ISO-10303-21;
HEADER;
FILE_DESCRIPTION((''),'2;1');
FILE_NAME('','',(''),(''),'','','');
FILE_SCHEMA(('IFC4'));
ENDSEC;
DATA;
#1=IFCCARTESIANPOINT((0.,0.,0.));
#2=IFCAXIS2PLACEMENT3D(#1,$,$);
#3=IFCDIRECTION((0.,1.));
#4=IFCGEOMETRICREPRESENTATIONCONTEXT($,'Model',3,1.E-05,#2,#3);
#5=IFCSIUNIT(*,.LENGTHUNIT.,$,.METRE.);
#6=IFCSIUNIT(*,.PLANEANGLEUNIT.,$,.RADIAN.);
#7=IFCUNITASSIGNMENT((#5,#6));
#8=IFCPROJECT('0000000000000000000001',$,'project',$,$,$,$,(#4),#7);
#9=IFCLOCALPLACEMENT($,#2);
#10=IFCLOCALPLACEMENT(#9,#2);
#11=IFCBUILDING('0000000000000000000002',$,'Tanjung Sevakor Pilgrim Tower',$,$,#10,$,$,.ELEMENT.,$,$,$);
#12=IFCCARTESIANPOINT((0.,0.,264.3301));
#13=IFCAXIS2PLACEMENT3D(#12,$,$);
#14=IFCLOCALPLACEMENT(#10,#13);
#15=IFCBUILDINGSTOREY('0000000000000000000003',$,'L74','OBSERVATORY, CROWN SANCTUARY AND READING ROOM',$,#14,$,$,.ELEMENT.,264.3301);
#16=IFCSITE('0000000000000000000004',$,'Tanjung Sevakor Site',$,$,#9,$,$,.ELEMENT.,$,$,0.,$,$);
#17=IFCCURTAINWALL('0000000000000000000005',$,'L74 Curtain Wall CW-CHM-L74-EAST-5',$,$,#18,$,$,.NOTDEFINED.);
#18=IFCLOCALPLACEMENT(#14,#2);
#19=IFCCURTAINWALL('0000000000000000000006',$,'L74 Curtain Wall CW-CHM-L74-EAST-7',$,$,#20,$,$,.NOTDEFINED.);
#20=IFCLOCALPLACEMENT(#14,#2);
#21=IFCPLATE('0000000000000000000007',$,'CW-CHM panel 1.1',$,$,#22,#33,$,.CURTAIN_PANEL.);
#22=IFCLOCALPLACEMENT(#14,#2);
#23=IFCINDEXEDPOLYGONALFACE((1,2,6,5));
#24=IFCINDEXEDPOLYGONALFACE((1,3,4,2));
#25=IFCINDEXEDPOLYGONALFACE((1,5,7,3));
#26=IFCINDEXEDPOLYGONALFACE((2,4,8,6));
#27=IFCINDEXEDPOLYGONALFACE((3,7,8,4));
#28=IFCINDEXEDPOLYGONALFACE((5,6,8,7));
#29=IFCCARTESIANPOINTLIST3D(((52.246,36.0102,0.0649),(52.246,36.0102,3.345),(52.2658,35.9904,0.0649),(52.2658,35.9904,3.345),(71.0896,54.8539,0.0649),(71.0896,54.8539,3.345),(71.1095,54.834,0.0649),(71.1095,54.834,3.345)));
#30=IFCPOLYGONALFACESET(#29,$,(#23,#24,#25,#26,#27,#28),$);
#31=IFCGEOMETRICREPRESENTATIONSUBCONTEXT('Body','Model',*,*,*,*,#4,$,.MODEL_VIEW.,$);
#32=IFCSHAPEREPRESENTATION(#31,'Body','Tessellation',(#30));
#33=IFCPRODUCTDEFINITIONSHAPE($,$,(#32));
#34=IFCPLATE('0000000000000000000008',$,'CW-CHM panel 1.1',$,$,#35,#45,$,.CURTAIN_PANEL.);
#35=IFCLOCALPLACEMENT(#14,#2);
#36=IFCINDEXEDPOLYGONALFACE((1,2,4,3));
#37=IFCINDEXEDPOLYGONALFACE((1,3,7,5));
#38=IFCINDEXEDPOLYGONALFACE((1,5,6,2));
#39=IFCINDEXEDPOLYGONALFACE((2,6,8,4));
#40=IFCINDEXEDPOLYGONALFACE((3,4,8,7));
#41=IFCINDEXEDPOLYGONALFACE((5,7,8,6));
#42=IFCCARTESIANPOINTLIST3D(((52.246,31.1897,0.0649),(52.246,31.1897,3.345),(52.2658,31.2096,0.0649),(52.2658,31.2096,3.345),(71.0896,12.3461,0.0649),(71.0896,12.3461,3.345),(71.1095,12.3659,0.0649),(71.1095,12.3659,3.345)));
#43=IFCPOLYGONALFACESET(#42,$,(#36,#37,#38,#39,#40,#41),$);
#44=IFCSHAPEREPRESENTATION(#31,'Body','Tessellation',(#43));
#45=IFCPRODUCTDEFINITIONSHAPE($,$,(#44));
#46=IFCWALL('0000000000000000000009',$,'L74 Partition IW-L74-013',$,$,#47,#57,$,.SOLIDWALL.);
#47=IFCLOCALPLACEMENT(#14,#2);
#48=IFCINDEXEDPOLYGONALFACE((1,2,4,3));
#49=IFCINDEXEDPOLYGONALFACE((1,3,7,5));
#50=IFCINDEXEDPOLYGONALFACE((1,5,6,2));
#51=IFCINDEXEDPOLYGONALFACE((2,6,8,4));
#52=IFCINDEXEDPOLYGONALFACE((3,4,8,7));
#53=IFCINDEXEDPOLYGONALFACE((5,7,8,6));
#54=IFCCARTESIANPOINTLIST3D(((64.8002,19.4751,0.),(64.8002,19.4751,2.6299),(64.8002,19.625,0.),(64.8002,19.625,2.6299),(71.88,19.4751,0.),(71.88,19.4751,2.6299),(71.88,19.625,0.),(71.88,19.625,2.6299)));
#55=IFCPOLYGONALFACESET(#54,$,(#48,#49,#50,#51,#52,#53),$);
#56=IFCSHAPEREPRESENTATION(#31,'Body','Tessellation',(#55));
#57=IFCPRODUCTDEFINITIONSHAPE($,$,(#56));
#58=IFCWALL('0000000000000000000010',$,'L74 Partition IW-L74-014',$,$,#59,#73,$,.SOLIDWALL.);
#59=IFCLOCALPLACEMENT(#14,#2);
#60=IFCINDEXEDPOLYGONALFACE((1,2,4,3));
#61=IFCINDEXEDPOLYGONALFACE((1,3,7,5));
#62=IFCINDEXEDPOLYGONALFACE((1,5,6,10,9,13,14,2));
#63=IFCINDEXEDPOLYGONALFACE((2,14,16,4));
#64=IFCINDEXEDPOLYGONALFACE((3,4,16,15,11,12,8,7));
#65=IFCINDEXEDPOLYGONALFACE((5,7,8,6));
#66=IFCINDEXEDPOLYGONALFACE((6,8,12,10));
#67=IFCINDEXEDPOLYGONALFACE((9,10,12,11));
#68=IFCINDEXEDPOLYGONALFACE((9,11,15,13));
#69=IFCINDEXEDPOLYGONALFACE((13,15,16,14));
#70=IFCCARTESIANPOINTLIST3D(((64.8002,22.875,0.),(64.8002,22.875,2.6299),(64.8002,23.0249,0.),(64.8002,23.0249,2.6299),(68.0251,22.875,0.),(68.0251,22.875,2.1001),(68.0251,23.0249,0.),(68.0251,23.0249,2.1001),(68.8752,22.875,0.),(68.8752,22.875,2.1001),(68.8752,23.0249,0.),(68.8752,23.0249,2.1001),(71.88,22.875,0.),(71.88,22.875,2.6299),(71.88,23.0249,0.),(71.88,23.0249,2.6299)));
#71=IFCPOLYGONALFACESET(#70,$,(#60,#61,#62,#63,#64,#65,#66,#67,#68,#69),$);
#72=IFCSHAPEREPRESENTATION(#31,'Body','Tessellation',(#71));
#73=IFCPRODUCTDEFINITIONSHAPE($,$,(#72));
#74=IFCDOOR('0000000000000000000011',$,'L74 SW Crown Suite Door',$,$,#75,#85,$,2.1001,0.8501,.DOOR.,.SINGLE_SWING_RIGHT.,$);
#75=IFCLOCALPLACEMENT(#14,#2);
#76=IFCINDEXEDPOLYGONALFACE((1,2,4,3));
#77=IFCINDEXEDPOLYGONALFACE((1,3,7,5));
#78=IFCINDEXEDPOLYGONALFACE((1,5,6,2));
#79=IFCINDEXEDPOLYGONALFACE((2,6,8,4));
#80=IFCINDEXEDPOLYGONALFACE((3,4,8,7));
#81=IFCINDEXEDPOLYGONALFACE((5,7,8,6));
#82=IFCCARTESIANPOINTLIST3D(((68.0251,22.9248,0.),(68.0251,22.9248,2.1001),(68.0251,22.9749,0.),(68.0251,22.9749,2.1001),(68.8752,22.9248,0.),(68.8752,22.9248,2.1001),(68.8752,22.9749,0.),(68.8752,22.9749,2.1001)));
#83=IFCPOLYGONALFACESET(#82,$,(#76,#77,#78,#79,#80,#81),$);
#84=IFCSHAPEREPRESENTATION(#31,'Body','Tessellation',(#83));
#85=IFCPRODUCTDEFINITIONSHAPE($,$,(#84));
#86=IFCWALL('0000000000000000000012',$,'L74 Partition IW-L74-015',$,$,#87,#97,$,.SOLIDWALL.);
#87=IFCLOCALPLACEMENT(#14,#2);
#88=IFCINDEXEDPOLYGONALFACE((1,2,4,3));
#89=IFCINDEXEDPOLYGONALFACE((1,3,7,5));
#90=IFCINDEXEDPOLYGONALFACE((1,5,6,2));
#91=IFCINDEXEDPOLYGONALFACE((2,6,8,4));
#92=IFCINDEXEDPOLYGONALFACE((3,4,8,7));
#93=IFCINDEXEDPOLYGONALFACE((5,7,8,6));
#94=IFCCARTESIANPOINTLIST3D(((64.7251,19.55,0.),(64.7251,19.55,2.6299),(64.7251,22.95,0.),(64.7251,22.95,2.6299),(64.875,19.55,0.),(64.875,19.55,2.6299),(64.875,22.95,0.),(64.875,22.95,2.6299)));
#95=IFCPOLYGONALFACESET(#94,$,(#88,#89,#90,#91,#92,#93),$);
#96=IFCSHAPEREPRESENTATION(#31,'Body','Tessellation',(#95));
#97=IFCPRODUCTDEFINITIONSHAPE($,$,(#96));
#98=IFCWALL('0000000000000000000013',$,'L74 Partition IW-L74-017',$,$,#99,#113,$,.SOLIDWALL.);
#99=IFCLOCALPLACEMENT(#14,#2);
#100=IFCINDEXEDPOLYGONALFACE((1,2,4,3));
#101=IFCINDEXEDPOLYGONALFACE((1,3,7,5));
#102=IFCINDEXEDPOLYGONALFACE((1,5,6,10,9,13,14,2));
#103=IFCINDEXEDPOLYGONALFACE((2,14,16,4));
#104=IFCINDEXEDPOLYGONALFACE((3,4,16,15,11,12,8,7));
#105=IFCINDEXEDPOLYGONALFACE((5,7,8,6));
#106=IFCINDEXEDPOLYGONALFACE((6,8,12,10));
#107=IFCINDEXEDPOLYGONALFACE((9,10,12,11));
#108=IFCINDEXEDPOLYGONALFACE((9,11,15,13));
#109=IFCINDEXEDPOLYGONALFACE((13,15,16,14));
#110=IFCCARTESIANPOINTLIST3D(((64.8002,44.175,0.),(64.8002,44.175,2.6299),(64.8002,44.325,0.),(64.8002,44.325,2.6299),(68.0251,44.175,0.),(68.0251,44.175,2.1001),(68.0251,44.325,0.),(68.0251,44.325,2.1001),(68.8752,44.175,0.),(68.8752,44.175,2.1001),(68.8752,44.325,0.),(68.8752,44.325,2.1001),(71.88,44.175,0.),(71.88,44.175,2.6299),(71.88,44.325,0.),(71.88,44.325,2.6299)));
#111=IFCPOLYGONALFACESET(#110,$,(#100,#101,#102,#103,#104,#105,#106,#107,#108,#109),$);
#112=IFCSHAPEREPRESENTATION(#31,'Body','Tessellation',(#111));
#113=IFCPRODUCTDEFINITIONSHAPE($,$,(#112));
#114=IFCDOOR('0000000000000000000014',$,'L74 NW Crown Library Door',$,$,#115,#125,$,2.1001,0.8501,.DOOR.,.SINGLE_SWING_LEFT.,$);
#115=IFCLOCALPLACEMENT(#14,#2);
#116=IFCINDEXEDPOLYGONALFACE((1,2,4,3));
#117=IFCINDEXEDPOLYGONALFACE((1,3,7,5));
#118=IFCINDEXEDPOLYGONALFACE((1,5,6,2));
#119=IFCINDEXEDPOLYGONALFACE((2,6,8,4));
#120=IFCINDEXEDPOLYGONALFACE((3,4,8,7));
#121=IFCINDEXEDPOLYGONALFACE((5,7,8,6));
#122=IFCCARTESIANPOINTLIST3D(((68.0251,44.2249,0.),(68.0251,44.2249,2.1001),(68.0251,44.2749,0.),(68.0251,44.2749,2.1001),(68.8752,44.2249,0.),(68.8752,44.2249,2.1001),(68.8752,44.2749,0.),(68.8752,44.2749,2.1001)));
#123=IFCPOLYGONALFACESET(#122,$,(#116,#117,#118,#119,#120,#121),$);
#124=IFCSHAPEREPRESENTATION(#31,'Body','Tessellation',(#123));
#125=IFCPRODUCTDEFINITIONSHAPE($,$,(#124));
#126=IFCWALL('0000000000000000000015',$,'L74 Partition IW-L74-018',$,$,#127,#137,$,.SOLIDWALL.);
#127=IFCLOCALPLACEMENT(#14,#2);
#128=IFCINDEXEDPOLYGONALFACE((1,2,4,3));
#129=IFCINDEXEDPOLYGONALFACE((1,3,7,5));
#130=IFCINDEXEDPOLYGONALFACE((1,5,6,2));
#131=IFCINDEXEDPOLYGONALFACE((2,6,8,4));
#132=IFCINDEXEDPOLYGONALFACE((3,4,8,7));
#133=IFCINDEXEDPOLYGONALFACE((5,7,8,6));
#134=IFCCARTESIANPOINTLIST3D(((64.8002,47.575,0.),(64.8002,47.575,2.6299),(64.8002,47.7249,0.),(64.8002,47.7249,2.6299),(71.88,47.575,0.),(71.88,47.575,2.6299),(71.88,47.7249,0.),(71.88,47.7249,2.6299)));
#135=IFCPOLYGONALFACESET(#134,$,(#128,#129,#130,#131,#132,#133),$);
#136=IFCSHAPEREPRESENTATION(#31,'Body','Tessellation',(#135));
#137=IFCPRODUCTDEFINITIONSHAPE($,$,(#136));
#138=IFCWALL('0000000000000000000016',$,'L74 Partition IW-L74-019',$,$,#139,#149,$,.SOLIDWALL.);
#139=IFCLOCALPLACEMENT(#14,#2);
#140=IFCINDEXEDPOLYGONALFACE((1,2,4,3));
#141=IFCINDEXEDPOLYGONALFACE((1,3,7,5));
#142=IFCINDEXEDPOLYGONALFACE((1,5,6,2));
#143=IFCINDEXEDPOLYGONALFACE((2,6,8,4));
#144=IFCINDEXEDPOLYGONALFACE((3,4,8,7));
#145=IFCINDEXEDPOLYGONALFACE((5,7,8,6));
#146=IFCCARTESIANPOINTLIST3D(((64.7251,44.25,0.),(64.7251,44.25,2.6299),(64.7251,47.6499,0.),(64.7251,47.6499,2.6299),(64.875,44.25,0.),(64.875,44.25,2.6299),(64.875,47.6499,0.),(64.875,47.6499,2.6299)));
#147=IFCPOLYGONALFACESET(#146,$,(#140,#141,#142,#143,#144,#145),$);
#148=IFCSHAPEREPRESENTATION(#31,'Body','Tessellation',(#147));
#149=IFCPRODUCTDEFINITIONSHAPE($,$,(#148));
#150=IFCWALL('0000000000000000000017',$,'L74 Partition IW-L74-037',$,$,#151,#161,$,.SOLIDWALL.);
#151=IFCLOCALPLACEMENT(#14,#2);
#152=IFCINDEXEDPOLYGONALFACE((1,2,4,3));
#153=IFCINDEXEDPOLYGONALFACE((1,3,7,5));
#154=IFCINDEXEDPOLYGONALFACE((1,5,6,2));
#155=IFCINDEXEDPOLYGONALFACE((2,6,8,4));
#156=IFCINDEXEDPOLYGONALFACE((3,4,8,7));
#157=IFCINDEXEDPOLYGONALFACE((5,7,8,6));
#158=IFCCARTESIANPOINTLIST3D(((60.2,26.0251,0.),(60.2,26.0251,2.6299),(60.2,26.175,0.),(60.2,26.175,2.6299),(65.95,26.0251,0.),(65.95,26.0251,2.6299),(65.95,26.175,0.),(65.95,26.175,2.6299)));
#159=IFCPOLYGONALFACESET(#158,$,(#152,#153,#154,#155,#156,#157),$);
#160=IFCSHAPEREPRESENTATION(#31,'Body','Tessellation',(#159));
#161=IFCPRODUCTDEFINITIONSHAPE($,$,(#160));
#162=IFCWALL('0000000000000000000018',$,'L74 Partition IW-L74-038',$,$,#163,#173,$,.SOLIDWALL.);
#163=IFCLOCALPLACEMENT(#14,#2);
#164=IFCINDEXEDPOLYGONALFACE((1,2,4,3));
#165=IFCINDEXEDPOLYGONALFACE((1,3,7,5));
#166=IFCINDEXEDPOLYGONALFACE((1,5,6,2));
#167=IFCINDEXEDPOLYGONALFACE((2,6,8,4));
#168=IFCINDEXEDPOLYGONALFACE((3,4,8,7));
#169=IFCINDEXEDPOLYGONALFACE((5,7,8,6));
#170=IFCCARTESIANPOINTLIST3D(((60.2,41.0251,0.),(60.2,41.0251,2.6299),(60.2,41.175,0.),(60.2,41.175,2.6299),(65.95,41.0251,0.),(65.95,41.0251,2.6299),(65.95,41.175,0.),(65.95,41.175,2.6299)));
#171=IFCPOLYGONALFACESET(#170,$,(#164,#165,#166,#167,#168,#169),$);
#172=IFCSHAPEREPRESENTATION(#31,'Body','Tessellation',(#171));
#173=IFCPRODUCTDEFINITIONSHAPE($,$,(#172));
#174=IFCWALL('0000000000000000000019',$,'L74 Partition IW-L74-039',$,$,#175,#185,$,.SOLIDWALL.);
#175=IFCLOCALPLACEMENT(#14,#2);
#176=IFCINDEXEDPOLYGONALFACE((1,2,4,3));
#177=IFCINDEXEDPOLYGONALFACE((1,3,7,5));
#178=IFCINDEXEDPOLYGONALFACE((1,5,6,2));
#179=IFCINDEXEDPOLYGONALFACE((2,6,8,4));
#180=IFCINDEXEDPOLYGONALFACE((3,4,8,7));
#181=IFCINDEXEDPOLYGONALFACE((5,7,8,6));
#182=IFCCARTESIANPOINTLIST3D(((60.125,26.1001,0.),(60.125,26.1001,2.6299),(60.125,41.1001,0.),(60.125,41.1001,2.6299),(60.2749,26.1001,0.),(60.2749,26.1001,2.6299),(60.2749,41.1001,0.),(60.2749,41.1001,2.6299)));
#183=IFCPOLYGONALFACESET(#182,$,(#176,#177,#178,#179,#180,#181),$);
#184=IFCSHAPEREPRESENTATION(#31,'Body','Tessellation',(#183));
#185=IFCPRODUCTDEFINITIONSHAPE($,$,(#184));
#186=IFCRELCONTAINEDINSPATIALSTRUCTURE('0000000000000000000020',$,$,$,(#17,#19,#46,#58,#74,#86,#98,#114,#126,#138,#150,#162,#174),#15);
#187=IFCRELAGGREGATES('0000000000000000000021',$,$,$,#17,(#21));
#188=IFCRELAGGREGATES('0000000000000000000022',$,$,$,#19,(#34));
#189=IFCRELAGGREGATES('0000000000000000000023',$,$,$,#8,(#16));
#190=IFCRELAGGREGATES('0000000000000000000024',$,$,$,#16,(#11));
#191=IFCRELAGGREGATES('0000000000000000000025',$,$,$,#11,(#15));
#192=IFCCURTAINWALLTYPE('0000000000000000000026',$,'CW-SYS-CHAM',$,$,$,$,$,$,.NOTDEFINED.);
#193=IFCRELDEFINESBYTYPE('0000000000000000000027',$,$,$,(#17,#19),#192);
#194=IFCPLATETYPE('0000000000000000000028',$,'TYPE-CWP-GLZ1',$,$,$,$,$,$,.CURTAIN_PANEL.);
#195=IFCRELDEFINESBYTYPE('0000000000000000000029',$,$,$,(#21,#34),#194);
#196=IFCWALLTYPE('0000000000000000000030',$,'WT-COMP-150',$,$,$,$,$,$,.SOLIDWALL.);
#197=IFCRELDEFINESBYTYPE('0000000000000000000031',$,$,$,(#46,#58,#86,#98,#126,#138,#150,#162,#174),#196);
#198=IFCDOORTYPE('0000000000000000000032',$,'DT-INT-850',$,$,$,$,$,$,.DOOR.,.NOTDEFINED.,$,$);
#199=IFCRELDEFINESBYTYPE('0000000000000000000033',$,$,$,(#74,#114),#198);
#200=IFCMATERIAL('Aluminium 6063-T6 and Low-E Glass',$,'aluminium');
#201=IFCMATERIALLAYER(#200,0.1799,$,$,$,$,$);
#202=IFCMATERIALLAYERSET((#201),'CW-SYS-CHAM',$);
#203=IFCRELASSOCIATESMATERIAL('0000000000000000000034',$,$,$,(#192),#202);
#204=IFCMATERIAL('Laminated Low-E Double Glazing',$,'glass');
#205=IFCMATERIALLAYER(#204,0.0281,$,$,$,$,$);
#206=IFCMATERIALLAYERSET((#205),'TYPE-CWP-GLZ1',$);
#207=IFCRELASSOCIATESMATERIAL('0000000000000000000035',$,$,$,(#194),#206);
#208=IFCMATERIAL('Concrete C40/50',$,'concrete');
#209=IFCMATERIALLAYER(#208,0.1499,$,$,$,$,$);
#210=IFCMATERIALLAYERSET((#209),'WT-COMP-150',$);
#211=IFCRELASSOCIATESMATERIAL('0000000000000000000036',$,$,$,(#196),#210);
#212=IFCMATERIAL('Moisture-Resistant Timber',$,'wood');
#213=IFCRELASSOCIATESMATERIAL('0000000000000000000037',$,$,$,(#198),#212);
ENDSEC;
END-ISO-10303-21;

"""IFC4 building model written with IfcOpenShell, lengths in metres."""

from ifc_helpers import new_model, si_unit, direction, frame, frame_2d, origin, origin_2d, place, context, subcontext, project, spatial, rectangle, extrude, material, layer, layer_set, type_object, element, fill, aggregate, save


model = new_model("IFC4")

# Units and contexts
model_context = context("Model", 3, precision=1e-05, world=origin(), true_north=direction((0.0, 1.0)))
body_context = subcontext(model_context, "Body", "Model", "MODEL_VIEW")
ifc_project = project(units=[si_unit("LENGTHUNIT", "METRE"), si_unit("PLANEANGLEUNIT", "RADIAN")], contexts=[model_context])

# Site, building, storey
site_placement = place(None, origin())
site = spatial("IfcSite", under=ifc_project, at=site_placement, Name="Tanjung Sevakor Site", CompositionType="ELEMENT", RefElevation=0.0)
building_placement = place(site_placement, origin())
building = spatial("IfcBuilding", under=site, at=building_placement, Name="Tanjung Sevakor Pilgrim Tower", CompositionType="ELEMENT")
storey_placement = place(building_placement, frame((0.0, 0.0, 264.3301)))
storey = spatial("IfcBuildingStorey", under=building, at=storey_placement, Name="L74", Description="OBSERVATORY, CROWN SANCTUARY AND READING ROOM", CompositionType="ELEMENT", Elevation=264.3301)

# Curtain wall
ifc_material_1 = material(Name="Aluminium 6063-T6 and Low-E Glass", Category="aluminium")
ifc_layer_1 = layer(ifc_material_1, 0.1799)
ifc_layer_set_1 = layer_set([ifc_layer_1], Name="CW-SYS-CHAM")
curtain_wall_type = type_object("IfcCurtainWallType", Name="CW-SYS-CHAM", PredefinedType="NOTDEFINED", material=ifc_layer_set_1)
curtain_wall_1_placement = place(storey_placement, origin())
curtain_wall_1 = element("IfcCurtainWall", 1, at=curtain_wall_1_placement, inside=storey, type_object=curtain_wall_type, Name="L74 Curtain Wall CW-CHM-L74-EAST-5", PredefinedType="NOTDEFINED")

# Curtain wall
curtain_wall_2_placement = place(storey_placement, origin())
curtain_wall_2 = element("IfcCurtainWall", 2, at=curtain_wall_2_placement, inside=storey, type_object=curtain_wall_type, Name="L74 Curtain Wall CW-CHM-L74-EAST-7", PredefinedType="NOTDEFINED")

# Plates
ifc_material_2 = material(Name="Laminated Low-E Double Glazing", Category="glass")
ifc_layer_2 = layer(ifc_material_2, 0.0281)
ifc_layer_set_2 = layer_set([ifc_layer_2], Name="TYPE-CWP-GLZ1")
plate_type = type_object("IfcPlateType", Name="TYPE-CWP-GLZ1", PredefinedType="CURTAIN_PANEL", material=ifc_layer_set_2)
plate_1_placement = place(storey_placement, frame((61.6777, 45.4221, 0.0649), z_axis=(0.0, 0.0, 1.0), x_axis=(-0.707107, -0.707107, 0.0)))
plate_1 = element("IfcPlate", 3, at=plate_1_placement, type_object=plate_type, Name="CW-CHM panel 1.1", PredefinedType="CURTAIN_PANEL", context=body_context, shape_type="SweptSolid", body=[
    extrude(rectangle(XDim=26.6489, YDim=0.0281, at=origin_2d()), origin(), (0.0, 0.0, 1.0), 3.28),
])
aggregate(curtain_wall_1, [plate_1])
plate_2_placement = place(storey_placement, frame((61.6777, 21.7778, 0.0649), z_axis=(0.0, 0.0, 1.0), x_axis=(0.707107, -0.707107, 0.0)))
plate_2 = element("IfcPlate", 4, at=plate_2_placement, type_object=plate_type, Name="CW-CHM panel 1.1", PredefinedType="CURTAIN_PANEL", context=body_context, shape_type="SweptSolid", body=[
    extrude(rectangle(XDim=26.6489, YDim=0.0281, at=origin_2d()), origin(), (0.0, 0.0, 1.0), 3.28),
])
aggregate(curtain_wall_2, [plate_2])

# Wall
ifc_material_3 = material(Name="Concrete C40/50", Category="concrete")
ifc_layer_3 = layer(ifc_material_3, 0.1499)
ifc_layer_set_3 = layer_set([ifc_layer_3], Name="WT-COMP-150")
wall_type_1 = type_object("IfcWallType", Name="WT-COMP-150", PredefinedType="SOLIDWALL", material=ifc_layer_set_3)
wall_1_placement = place(storey_placement, frame((64.8, 19.55, 0.0), z_axis=(0.0, 0.0, 1.0), x_axis=(1.0, 0.0, 0.0)))
element("IfcWall", 5, at=wall_1_placement, inside=storey, type_object=wall_type_1, Name="L74 Partition IW-L74-013", PredefinedType="SOLIDWALL", context=body_context, shape_type="SweptSolid", body=[
    extrude(rectangle(XDim=7.0798, YDim=0.1499, at=frame_2d((3.54, 0.0))), origin(), (0.0, 0.0, 1.0), 2.6299),
])

# Wall, opening, door
wall_2_placement = place(storey_placement, frame((64.8, 22.95, 0.0), z_axis=(0.0, 0.0, 1.0), x_axis=(1.0, 0.0, 0.0)))
wall_2 = element("IfcWall", 6, at=wall_2_placement, inside=storey, type_object=wall_type_1, Name="L74 Partition IW-L74-014", PredefinedType="SOLIDWALL", context=body_context, shape_type="SweptSolid", body=[
    extrude(rectangle(XDim=7.0798, YDim=0.1499, at=frame_2d((3.54, 0.0))), origin(), (0.0, 0.0, 1.0), 2.6299),
])
opening_1_placement = place(wall_2_placement, frame((3.2251, 0.0, 0.0)))
opening_1 = element("IfcOpeningElement", 7, at=opening_1_placement, cuts=wall_2, PredefinedType="OPENING", context=body_context, shape_type="SweptSolid", body=[
    extrude(rectangle(XDim=0.8501, YDim=2.1001, at=frame_2d((0.425, 1.05))), frame((0.0, 0.085, 0.0), z_axis=(0.0, -1.0, 0.0), x_axis=(1.0, 0.0, 0.0)), (0.0, 0.0, 1.0), 0.1699),
])
ifc_material_4 = material(Name="Moisture-Resistant Timber", Category="wood")
door_type_1 = type_object("IfcDoorType", Name="DT-INT-850", OperationType="NOTDEFINED", PredefinedType="DOOR", material=ifc_material_4)
door_1_placement = place(opening_1_placement, origin())
door_1 = element("IfcDoor", 8, at=door_1_placement, inside=storey, type_object=door_type_1, Name="L74 SW Crown Suite Door", OperationType="SINGLE_SWING_RIGHT", OverallHeight=2.1001, OverallWidth=0.8501, PredefinedType="DOOR", context=body_context, shape_type="SweptSolid", body=[
    extrude(rectangle(XDim=0.8501, YDim=2.1001, at=frame_2d((0.425, 1.05))), frame((0.0, 0.0249, 0.0), z_axis=(0.0, -1.0, 0.0), x_axis=(1.0, 0.0, 0.0)), (0.0, 0.0, 1.0), 0.05),
])
fill(opening_1, door_1)

# Wall
wall_3_placement = place(storey_placement, frame((64.8, 19.55, 0.0), z_axis=(0.0, 0.0, 1.0), x_axis=(0.0, 1.0, 0.0)))
element("IfcWall", 9, at=wall_3_placement, inside=storey, type_object=wall_type_1, Name="L74 Partition IW-L74-015", PredefinedType="SOLIDWALL", context=body_context, shape_type="SweptSolid", body=[
    extrude(rectangle(XDim=3.3999, YDim=0.1499, at=frame_2d((1.7, 0.0))), origin(), (0.0, 0.0, 1.0), 2.6299),
])

# Wall, opening, door
wall_4_placement = place(storey_placement, frame((64.8, 44.25, 0.0), z_axis=(0.0, 0.0, 1.0), x_axis=(1.0, 0.0, 0.0)))
wall_4 = element("IfcWall", 10, at=wall_4_placement, inside=storey, type_object=wall_type_1, Name="L74 Partition IW-L74-017", PredefinedType="SOLIDWALL", context=body_context, shape_type="SweptSolid", body=[
    extrude(rectangle(XDim=7.0798, YDim=0.1499, at=frame_2d((3.54, 0.0))), origin(), (0.0, 0.0, 1.0), 2.6299),
])
opening_2_placement = place(wall_4_placement, frame((3.2251, 0.0, 0.0)))
opening_2 = element("IfcOpeningElement", 11, at=opening_2_placement, cuts=wall_4, PredefinedType="OPENING", context=body_context, shape_type="SweptSolid", body=[
    extrude(rectangle(XDim=0.8501, YDim=2.1001, at=frame_2d((0.425, 1.05))), frame((0.0, 0.085, 0.0), z_axis=(0.0, -1.0, 0.0), x_axis=(1.0, 0.0, 0.0)), (0.0, 0.0, 1.0), 0.1699),
])
door_2_placement = place(opening_2_placement, origin())
door_2 = element("IfcDoor", 12, at=door_2_placement, inside=storey, type_object=door_type_1, Name="L74 NW Crown Library Door", OperationType="SINGLE_SWING_LEFT", OverallHeight=2.1001, OverallWidth=0.8501, PredefinedType="DOOR", context=body_context, shape_type="SweptSolid", body=[
    extrude(rectangle(XDim=0.8501, YDim=2.1001, at=frame_2d((0.425, 1.05))), frame((0.0, 0.0249, 0.0), z_axis=(0.0, -1.0, 0.0), x_axis=(1.0, 0.0, 0.0)), (0.0, 0.0, 1.0), 0.05),
])
fill(opening_2, door_2)

# Walls
wall_5_placement = place(storey_placement, frame((64.8, 47.6499, 0.0), z_axis=(0.0, 0.0, 1.0), x_axis=(1.0, 0.0, 0.0)))
element("IfcWall", 13, at=wall_5_placement, inside=storey, type_object=wall_type_1, Name="L74 Partition IW-L74-018", PredefinedType="SOLIDWALL", context=body_context, shape_type="SweptSolid", body=[
    extrude(rectangle(XDim=7.0798, YDim=0.1499, at=frame_2d((3.54, 0.0))), origin(), (0.0, 0.0, 1.0), 2.6299),
])
wall_6_placement = place(storey_placement, frame((64.8, 44.25, 0.0), z_axis=(0.0, 0.0, 1.0), x_axis=(0.0, 1.0, 0.0)))
element("IfcWall", 14, at=wall_6_placement, inside=storey, type_object=wall_type_1, Name="L74 Partition IW-L74-019", PredefinedType="SOLIDWALL", context=body_context, shape_type="SweptSolid", body=[
    extrude(rectangle(XDim=3.3999, YDim=0.1499, at=frame_2d((1.7, 0.0))), origin(), (0.0, 0.0, 1.0), 2.6299),
])
for number, where, z_axis, x_axis, name in (
    (15, (60.2, 26.1001, 0.0), (0.0, 0.0, 1.0), (1.0, 0.0, 0.0), "L74 Partition IW-L74-037"),
    (16, (60.2, 41.1001, 0.0), (0.0, 0.0, 1.0), (1.0, 0.0, 0.0), "L74 Partition IW-L74-038"),
):
    element("IfcWall", number, at=place(storey_placement, frame(where, z_axis=z_axis, x_axis=x_axis)), inside=storey, type_object=wall_type_1, Name=name, PredefinedType="SOLIDWALL", context=body_context, shape_type="SweptSolid", body=[
        extrude(rectangle(XDim=5.75, YDim=0.1499, at=frame_2d((2.875, 0.0))), origin(), (0.0, 0.0, 1.0), 2.6299),
    ])
wall_7_placement = place(storey_placement, frame((60.2, 26.1001, 0.0), z_axis=(0.0, 0.0, 1.0), x_axis=(0.0, 1.0, 0.0)))
element("IfcWall", 17, at=wall_7_placement, inside=storey, type_object=wall_type_1, Name="L74 Partition IW-L74-039", PredefinedType="SOLIDWALL", context=body_context, shape_type="SweptSolid", body=[
    extrude(rectangle(XDim=15.0, YDim=0.1499, at=frame_2d((7.5, 0.0))), origin(), (0.0, 0.0, 1.0), 2.6299),
])

save(model, "model.ifc")
